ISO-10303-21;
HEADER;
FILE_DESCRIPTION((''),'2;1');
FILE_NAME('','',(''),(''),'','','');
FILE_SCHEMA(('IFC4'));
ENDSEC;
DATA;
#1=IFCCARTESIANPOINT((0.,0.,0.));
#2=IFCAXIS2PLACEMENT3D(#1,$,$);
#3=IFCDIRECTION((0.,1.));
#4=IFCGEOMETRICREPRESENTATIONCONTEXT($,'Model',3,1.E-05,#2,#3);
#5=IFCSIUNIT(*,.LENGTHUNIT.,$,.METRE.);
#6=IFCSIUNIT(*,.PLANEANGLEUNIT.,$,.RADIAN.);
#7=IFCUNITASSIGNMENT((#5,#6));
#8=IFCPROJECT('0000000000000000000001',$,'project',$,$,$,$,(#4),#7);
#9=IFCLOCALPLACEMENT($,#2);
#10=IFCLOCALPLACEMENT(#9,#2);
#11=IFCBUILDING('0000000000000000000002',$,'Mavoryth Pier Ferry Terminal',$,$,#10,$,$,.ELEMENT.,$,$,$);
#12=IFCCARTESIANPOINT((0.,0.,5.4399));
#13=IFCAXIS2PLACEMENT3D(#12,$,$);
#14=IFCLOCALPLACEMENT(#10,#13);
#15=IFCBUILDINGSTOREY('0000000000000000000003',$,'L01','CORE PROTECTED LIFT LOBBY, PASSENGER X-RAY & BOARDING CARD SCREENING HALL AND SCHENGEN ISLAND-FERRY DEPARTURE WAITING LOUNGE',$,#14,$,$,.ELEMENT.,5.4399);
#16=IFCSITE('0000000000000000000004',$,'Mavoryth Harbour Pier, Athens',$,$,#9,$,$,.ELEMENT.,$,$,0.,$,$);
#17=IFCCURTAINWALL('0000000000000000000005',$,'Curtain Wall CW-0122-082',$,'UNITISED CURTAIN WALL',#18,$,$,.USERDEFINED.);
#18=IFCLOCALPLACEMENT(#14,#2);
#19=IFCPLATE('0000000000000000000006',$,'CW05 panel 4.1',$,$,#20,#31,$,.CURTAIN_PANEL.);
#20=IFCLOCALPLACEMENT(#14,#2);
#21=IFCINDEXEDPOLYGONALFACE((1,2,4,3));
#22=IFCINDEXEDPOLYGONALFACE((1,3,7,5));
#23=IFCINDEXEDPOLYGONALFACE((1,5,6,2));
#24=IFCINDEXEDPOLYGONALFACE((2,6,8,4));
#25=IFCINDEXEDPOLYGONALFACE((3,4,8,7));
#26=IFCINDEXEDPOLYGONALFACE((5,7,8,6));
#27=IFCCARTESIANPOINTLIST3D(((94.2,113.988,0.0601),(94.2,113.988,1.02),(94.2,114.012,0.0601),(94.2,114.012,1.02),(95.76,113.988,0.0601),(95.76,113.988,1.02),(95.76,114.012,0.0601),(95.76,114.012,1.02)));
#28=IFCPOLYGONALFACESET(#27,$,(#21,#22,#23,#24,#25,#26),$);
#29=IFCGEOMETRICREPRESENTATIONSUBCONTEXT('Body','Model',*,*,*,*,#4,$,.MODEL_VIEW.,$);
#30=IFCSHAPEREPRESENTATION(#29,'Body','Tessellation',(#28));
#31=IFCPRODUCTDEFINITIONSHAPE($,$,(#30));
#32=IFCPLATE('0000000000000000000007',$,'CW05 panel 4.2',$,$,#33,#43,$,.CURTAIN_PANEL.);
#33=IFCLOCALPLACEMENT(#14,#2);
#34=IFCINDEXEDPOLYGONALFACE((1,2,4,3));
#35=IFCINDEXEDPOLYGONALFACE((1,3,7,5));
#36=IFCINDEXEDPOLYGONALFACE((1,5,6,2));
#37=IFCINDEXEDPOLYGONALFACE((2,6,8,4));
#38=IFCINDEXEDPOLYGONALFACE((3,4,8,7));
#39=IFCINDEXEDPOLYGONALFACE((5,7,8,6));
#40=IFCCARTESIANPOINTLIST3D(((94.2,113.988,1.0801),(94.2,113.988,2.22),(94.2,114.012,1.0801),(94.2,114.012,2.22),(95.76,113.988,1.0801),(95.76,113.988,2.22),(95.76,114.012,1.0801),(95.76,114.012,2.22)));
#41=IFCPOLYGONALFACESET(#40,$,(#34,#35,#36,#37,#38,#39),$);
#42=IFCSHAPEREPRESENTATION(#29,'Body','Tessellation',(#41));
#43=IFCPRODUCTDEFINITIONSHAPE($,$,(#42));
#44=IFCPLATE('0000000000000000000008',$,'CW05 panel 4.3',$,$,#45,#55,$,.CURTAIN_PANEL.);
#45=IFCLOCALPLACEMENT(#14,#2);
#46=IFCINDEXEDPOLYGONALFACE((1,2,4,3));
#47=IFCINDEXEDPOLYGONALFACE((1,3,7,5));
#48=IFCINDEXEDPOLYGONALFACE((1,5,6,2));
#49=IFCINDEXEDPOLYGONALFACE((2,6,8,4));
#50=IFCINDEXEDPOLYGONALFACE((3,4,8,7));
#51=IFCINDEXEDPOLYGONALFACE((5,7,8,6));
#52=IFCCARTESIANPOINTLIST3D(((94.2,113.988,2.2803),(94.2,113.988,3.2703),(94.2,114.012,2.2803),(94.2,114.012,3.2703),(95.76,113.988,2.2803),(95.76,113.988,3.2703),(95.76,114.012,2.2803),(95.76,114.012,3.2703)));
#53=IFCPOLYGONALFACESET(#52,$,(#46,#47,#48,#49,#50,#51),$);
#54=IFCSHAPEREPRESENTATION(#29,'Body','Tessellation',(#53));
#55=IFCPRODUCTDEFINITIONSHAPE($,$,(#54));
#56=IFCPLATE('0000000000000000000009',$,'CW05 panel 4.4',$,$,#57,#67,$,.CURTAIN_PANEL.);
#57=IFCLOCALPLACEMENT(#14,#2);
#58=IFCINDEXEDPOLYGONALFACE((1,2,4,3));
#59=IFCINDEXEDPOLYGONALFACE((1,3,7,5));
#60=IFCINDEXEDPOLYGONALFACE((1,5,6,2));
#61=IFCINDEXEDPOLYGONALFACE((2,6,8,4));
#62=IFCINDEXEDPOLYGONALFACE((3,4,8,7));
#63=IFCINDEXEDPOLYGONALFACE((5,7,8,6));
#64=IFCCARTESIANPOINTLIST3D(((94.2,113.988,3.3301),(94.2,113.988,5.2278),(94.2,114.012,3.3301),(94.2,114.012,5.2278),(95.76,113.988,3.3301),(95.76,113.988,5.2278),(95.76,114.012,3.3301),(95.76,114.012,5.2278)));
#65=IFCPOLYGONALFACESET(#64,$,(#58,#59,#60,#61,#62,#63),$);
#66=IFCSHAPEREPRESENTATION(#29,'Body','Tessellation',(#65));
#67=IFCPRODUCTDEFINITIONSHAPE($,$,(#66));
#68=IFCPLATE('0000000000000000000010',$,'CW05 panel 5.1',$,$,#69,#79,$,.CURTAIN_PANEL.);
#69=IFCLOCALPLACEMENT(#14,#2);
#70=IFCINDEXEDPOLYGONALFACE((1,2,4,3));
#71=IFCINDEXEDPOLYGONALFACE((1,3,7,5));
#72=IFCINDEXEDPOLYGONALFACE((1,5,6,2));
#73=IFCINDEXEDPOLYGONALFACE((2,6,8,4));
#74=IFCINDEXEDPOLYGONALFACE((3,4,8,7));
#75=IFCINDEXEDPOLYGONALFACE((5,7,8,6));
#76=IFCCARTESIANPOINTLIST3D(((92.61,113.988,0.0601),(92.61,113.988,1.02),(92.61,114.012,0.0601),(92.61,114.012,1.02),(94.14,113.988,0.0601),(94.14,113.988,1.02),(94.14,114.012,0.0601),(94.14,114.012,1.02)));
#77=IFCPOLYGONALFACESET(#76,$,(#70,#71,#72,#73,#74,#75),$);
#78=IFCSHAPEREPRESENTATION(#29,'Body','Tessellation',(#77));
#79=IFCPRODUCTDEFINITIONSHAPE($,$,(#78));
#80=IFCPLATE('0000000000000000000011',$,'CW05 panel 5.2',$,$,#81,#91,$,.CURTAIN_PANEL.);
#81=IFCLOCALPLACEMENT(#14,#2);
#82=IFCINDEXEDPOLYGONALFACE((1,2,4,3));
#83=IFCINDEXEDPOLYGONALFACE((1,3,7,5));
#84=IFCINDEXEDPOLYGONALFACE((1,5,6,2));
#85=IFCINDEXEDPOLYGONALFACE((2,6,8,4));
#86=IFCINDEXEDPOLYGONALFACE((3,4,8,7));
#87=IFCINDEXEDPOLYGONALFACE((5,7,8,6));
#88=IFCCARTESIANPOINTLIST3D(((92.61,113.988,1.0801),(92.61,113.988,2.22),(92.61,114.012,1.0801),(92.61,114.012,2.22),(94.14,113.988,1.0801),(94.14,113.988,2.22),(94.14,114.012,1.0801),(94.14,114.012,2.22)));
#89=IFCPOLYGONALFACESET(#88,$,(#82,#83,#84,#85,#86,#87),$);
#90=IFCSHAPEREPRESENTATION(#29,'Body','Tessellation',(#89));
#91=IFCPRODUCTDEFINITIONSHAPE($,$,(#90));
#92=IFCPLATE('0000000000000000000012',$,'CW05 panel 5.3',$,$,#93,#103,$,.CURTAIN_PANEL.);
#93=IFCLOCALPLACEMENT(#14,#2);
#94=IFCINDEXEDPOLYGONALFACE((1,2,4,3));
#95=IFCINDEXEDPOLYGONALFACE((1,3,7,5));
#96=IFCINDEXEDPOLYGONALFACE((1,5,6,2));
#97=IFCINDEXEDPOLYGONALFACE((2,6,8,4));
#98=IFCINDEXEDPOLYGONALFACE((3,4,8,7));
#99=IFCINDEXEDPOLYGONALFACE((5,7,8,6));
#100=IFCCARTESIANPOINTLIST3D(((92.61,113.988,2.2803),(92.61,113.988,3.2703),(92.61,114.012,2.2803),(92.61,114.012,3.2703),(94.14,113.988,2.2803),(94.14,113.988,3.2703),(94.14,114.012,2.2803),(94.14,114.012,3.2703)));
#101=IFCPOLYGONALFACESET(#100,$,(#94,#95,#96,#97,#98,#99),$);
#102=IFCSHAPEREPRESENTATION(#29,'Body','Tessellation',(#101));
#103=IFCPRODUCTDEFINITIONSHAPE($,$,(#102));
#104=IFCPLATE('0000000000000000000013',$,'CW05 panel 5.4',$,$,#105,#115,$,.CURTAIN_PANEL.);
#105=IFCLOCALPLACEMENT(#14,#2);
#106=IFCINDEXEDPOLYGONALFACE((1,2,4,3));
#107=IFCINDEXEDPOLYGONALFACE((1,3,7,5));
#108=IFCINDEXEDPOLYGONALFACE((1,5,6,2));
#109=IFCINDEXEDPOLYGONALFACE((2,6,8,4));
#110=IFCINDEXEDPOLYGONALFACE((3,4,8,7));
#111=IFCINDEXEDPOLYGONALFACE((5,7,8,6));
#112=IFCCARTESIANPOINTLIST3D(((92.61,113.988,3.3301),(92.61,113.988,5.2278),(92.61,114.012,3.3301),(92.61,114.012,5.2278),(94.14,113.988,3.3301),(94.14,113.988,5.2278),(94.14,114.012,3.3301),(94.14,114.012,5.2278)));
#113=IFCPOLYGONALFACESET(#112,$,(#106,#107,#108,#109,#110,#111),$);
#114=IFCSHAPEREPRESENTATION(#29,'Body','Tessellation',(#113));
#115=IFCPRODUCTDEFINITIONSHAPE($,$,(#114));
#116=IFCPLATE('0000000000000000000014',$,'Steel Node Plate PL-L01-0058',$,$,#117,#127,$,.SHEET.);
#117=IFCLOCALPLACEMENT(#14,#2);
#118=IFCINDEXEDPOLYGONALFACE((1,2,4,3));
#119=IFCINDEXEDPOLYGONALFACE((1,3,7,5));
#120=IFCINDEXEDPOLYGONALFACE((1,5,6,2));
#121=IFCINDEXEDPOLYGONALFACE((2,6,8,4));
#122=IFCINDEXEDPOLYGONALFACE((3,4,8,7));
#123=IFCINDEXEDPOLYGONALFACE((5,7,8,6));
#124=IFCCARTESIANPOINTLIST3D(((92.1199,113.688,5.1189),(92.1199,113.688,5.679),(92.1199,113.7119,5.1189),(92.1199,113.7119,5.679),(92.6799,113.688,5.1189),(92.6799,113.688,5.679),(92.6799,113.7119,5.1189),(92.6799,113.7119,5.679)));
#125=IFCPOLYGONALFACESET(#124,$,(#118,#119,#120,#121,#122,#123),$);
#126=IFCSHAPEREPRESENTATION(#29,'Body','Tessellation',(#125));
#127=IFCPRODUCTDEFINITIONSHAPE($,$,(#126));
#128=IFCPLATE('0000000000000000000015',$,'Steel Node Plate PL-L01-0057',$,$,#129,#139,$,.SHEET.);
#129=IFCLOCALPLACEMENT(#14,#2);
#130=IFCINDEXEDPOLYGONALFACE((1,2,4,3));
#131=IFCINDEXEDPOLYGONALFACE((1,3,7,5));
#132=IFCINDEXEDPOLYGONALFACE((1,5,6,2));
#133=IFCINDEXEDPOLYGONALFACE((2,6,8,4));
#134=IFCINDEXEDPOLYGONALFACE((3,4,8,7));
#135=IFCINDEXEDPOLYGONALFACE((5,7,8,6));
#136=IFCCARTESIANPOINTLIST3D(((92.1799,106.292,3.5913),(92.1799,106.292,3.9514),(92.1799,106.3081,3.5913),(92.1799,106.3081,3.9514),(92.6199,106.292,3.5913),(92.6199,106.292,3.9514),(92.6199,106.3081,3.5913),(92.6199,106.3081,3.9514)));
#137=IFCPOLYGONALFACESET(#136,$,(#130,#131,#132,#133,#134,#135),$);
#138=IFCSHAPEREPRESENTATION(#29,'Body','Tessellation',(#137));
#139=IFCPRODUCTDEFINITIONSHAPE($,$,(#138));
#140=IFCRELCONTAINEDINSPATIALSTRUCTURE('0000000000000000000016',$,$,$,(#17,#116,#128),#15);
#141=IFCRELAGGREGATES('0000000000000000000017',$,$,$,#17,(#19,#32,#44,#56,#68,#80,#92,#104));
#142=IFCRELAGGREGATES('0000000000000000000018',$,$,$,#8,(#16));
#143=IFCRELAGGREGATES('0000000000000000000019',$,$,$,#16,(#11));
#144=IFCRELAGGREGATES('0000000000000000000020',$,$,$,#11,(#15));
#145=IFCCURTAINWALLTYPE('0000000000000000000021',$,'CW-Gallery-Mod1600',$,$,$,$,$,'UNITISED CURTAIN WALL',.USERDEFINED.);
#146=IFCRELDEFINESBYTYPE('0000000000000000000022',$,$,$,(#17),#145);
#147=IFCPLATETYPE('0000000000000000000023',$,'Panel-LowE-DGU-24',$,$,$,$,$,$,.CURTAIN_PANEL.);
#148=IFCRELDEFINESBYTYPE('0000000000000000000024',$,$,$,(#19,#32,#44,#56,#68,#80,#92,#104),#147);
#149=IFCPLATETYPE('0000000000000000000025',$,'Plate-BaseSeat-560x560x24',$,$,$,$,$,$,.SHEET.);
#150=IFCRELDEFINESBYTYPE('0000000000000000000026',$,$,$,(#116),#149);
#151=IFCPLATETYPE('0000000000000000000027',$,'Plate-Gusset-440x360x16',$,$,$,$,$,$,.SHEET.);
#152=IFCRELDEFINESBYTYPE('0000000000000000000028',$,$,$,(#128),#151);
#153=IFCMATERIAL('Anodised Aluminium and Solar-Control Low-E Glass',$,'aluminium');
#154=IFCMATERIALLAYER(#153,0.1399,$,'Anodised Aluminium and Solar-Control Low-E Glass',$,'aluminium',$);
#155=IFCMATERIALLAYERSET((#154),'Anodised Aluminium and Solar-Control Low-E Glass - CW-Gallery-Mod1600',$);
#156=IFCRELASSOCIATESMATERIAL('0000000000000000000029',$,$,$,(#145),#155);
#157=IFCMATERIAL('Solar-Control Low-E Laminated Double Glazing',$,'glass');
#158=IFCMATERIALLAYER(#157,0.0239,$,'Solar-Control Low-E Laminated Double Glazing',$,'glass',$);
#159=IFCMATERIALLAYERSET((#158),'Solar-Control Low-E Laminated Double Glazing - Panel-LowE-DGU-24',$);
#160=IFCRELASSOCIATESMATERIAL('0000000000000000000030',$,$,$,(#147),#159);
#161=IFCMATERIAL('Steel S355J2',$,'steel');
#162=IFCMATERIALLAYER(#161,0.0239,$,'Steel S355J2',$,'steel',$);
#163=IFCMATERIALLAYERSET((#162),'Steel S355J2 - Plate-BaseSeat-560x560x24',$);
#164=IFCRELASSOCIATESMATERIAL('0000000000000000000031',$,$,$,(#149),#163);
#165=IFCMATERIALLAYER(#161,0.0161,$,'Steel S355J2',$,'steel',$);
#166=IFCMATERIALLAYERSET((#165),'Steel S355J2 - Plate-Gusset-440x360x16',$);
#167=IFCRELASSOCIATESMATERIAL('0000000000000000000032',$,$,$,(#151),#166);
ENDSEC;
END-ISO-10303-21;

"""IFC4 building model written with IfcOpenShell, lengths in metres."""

from ifc_helpers import new_model, si_unit, direction, frame, origin, origin_2d, place, context, subcontext, project, spatial, rectangle, extrude, material, layer, layer_set, type_object, element, aggregate, save


model = new_model("IFC4")

# Units and contexts
model_context = context("Model", 3, precision=1e-05, world=origin(), true_north=direction((0.0, 1.0)))
body_context = subcontext(model_context, "Body", "Model", "MODEL_VIEW")
ifc_project = project(units=[si_unit("LENGTHUNIT", "METRE"), si_unit("PLANEANGLEUNIT", "RADIAN")], contexts=[model_context])

# Site, building, storey
site_placement = place(None, origin())
site = spatial("IfcSite", under=ifc_project, at=site_placement, Name="Mavoryth Harbour Pier, Athens", CompositionType="ELEMENT", RefElevation=0.0)
building_placement = place(site_placement, origin())
building = spatial("IfcBuilding", under=site, at=building_placement, Name="Mavoryth Pier Ferry Terminal", CompositionType="ELEMENT")
storey_placement = place(building_placement, frame((0.0, 0.0, 5.4399)))
storey = spatial("IfcBuildingStorey", under=building, at=storey_placement, Name="L01", Description="CORE PROTECTED LIFT LOBBY, PASSENGER X-RAY & BOARDING CARD SCREENING HALL AND SCHENGEN ISLAND-FERRY DEPARTURE WAITING LOUNGE", CompositionType="ELEMENT", Elevation=5.4399)

# Shared definitions
ifc_material_1 = material(Name="Steel S355J2", Category="steel")

# Curtain wall
ifc_material_2 = material(Name="Anodised Aluminium and Solar-Control Low-E Glass", Category="aluminium")
ifc_layer_1 = layer(ifc_material_2, 0.1399, Name="Anodised Aluminium and Solar-Control Low-E Glass", Category="aluminium")
ifc_layer_set_1 = layer_set([ifc_layer_1], Name="Anodised Aluminium and Solar-Control Low-E Glass - CW-Gallery-Mod1600")
curtain_wall_type = type_object("IfcCurtainWallType", Name="CW-Gallery-Mod1600", ElementType="UNITISED CURTAIN WALL", PredefinedType="USERDEFINED", material=ifc_layer_set_1)
curtain_wall_1_placement = place(storey_placement, origin())
curtain_wall_1 = element("IfcCurtainWall", 1, at=curtain_wall_1_placement, inside=storey, type_object=curtain_wall_type, Name="Curtain Wall CW-0122-082", ObjectType="UNITISED CURTAIN WALL", PredefinedType="USERDEFINED")

# Plates
ifc_material_3 = material(Name="Solar-Control Low-E Laminated Double Glazing", Category="glass")
ifc_layer_2 = layer(ifc_material_3, 0.0239, Name="Solar-Control Low-E Laminated Double Glazing", Category="glass")
ifc_layer_set_2 = layer_set([ifc_layer_2], Name="Solar-Control Low-E Laminated Double Glazing - Panel-LowE-DGU-24")
plate_type_1 = type_object("IfcPlateType", Name="Panel-LowE-DGU-24", PredefinedType="CURTAIN_PANEL", material=ifc_layer_set_2)
plate_1_placement = place(storey_placement, frame((94.98, 114.0, 0.0601), z_axis=(0.0, 0.0, 1.0), x_axis=(-1.0, 0.0, 0.0)))
plate_1 = element("IfcPlate", 2, at=plate_1_placement, type_object=plate_type_1, Name="CW05 panel 4.1", PredefinedType="CURTAIN_PANEL", context=body_context, shape_type="SweptSolid", body=[
    extrude(rectangle(XDim=1.5601, YDim=0.0239, at=origin_2d()), origin(), (0.0, 0.0, 1.0), 0.96),
])
plate_2_placement = place(storey_placement, frame((94.98, 114.0, 1.0801), z_axis=(0.0, 0.0, 1.0), x_axis=(-1.0, 0.0, 0.0)))
plate_2 = element("IfcPlate", 3, at=plate_2_placement, type_object=plate_type_1, Name="CW05 panel 4.2", PredefinedType="CURTAIN_PANEL", context=body_context, shape_type="SweptSolid", body=[
    extrude(rectangle(XDim=1.5601, YDim=0.0239, at=origin_2d()), origin(), (0.0, 0.0, 1.0), 1.1399),
])
plate_3_placement = place(storey_placement, frame((94.98, 114.0, 2.2803), z_axis=(0.0, 0.0, 1.0), x_axis=(-1.0, 0.0, 0.0)))
plate_3 = element("IfcPlate", 4, at=plate_3_placement, type_object=plate_type_1, Name="CW05 panel 4.3", PredefinedType="CURTAIN_PANEL", context=body_context, shape_type="SweptSolid", body=[
    extrude(rectangle(XDim=1.5601, YDim=0.0239, at=origin_2d()), origin(), (0.0, 0.0, 1.0), 0.99),
])
plate_4_placement = place(storey_placement, frame((94.98, 114.0, 3.3301), z_axis=(0.0, 0.0, 1.0), x_axis=(-1.0, 0.0, 0.0)))
plate_4 = element("IfcPlate", 5, at=plate_4_placement, type_object=plate_type_1, Name="CW05 panel 4.4", PredefinedType="CURTAIN_PANEL", context=body_context, shape_type="SweptSolid", body=[
    extrude(rectangle(XDim=1.5601, YDim=0.0239, at=origin_2d()), origin(), (0.0, 0.0, 1.0), 1.8977),
])
plate_5_placement = place(storey_placement, frame((93.375, 114.0, 0.0601), z_axis=(0.0, 0.0, 1.0), x_axis=(-1.0, 0.0, 0.0)))
plate_5 = element("IfcPlate", 6, at=plate_5_placement, type_object=plate_type_1, Name="CW05 panel 5.1", PredefinedType="CURTAIN_PANEL", context=body_context, shape_type="SweptSolid", body=[
    extrude(rectangle(XDim=1.53, YDim=0.0239, at=origin_2d()), origin(), (0.0, 0.0, 1.0), 0.96),
])
plate_6_placement = place(storey_placement, frame((93.375, 114.0, 1.0801), z_axis=(0.0, 0.0, 1.0), x_axis=(-1.0, 0.0, 0.0)))
plate_6 = element("IfcPlate", 7, at=plate_6_placement, type_object=plate_type_1, Name="CW05 panel 5.2", PredefinedType="CURTAIN_PANEL", context=body_context, shape_type="SweptSolid", body=[
    extrude(rectangle(XDim=1.53, YDim=0.0239, at=origin_2d()), origin(), (0.0, 0.0, 1.0), 1.1399),
])
plate_7_placement = place(storey_placement, frame((93.375, 114.0, 2.2803), z_axis=(0.0, 0.0, 1.0), x_axis=(-1.0, 0.0, 0.0)))
plate_7 = element("IfcPlate", 8, at=plate_7_placement, type_object=plate_type_1, Name="CW05 panel 5.3", PredefinedType="CURTAIN_PANEL", context=body_context, shape_type="SweptSolid", body=[
    extrude(rectangle(XDim=1.53, YDim=0.0239, at=origin_2d()), origin(), (0.0, 0.0, 1.0), 0.99),
])
plate_8_placement = place(storey_placement, frame((93.375, 114.0, 3.3301), z_axis=(0.0, 0.0, 1.0), x_axis=(-1.0, 0.0, 0.0)))
plate_8 = element("IfcPlate", 9, at=plate_8_placement, type_object=plate_type_1, Name="CW05 panel 5.4", PredefinedType="CURTAIN_PANEL", context=body_context, shape_type="SweptSolid", body=[
    extrude(rectangle(XDim=1.53, YDim=0.0239, at=origin_2d()), origin(), (0.0, 0.0, 1.0), 1.8977),
])
aggregate(curtain_wall_1, [plate_1, plate_2, plate_3, plate_4, plate_5, plate_6, plate_7, plate_8])

# Plates
ifc_layer_3 = layer(ifc_material_1, 0.0239, Name="Steel S355J2", Category="steel")
ifc_layer_set_3 = layer_set([ifc_layer_3], Name="Steel S355J2 - Plate-BaseSeat-560x560x24")
plate_type_2 = type_object("IfcPlateType", Name="Plate-BaseSeat-560x560x24", PredefinedType="SHEET", material=ifc_layer_set_3)
plate_9_placement = place(storey_placement, frame((92.3999, 113.7, 5.1189), z_axis=(0.0, 0.0, 1.0), x_axis=(1.0, 0.0, 0.0)))
element("IfcPlate", 10, at=plate_9_placement, inside=storey, type_object=plate_type_2, Name="Steel Node Plate PL-L01-0058", PredefinedType="SHEET", context=body_context, shape_type="SweptSolid", body=[
    extrude(rectangle(XDim=0.5601, YDim=0.0239, at=origin_2d()), origin(), (0.0, 0.0, 1.0), 0.5601),
])
ifc_layer_4 = layer(ifc_material_1, 0.0161, Name="Steel S355J2", Category="steel")
ifc_layer_set_4 = layer_set([ifc_layer_4], Name="Steel S355J2 - Plate-Gusset-440x360x16")
plate_type_3 = type_object("IfcPlateType", Name="Plate-Gusset-440x360x16", PredefinedType="SHEET", material=ifc_layer_set_4)
plate_10_placement = place(storey_placement, frame((92.3999, 106.3, 3.5913), z_axis=(0.0, 0.0, 1.0), x_axis=(1.0, 0.0, 0.0)))
element("IfcPlate", 11, at=plate_10_placement, inside=storey, type_object=plate_type_3, Name="Steel Node Plate PL-L01-0057", PredefinedType="SHEET", context=body_context, shape_type="SweptSolid", body=[
    extrude(rectangle(XDim=0.4399, YDim=0.0161, at=origin_2d()), origin(), (0.0, 0.0, 1.0), 0.3601),
])

save(model, "model.ifc")
